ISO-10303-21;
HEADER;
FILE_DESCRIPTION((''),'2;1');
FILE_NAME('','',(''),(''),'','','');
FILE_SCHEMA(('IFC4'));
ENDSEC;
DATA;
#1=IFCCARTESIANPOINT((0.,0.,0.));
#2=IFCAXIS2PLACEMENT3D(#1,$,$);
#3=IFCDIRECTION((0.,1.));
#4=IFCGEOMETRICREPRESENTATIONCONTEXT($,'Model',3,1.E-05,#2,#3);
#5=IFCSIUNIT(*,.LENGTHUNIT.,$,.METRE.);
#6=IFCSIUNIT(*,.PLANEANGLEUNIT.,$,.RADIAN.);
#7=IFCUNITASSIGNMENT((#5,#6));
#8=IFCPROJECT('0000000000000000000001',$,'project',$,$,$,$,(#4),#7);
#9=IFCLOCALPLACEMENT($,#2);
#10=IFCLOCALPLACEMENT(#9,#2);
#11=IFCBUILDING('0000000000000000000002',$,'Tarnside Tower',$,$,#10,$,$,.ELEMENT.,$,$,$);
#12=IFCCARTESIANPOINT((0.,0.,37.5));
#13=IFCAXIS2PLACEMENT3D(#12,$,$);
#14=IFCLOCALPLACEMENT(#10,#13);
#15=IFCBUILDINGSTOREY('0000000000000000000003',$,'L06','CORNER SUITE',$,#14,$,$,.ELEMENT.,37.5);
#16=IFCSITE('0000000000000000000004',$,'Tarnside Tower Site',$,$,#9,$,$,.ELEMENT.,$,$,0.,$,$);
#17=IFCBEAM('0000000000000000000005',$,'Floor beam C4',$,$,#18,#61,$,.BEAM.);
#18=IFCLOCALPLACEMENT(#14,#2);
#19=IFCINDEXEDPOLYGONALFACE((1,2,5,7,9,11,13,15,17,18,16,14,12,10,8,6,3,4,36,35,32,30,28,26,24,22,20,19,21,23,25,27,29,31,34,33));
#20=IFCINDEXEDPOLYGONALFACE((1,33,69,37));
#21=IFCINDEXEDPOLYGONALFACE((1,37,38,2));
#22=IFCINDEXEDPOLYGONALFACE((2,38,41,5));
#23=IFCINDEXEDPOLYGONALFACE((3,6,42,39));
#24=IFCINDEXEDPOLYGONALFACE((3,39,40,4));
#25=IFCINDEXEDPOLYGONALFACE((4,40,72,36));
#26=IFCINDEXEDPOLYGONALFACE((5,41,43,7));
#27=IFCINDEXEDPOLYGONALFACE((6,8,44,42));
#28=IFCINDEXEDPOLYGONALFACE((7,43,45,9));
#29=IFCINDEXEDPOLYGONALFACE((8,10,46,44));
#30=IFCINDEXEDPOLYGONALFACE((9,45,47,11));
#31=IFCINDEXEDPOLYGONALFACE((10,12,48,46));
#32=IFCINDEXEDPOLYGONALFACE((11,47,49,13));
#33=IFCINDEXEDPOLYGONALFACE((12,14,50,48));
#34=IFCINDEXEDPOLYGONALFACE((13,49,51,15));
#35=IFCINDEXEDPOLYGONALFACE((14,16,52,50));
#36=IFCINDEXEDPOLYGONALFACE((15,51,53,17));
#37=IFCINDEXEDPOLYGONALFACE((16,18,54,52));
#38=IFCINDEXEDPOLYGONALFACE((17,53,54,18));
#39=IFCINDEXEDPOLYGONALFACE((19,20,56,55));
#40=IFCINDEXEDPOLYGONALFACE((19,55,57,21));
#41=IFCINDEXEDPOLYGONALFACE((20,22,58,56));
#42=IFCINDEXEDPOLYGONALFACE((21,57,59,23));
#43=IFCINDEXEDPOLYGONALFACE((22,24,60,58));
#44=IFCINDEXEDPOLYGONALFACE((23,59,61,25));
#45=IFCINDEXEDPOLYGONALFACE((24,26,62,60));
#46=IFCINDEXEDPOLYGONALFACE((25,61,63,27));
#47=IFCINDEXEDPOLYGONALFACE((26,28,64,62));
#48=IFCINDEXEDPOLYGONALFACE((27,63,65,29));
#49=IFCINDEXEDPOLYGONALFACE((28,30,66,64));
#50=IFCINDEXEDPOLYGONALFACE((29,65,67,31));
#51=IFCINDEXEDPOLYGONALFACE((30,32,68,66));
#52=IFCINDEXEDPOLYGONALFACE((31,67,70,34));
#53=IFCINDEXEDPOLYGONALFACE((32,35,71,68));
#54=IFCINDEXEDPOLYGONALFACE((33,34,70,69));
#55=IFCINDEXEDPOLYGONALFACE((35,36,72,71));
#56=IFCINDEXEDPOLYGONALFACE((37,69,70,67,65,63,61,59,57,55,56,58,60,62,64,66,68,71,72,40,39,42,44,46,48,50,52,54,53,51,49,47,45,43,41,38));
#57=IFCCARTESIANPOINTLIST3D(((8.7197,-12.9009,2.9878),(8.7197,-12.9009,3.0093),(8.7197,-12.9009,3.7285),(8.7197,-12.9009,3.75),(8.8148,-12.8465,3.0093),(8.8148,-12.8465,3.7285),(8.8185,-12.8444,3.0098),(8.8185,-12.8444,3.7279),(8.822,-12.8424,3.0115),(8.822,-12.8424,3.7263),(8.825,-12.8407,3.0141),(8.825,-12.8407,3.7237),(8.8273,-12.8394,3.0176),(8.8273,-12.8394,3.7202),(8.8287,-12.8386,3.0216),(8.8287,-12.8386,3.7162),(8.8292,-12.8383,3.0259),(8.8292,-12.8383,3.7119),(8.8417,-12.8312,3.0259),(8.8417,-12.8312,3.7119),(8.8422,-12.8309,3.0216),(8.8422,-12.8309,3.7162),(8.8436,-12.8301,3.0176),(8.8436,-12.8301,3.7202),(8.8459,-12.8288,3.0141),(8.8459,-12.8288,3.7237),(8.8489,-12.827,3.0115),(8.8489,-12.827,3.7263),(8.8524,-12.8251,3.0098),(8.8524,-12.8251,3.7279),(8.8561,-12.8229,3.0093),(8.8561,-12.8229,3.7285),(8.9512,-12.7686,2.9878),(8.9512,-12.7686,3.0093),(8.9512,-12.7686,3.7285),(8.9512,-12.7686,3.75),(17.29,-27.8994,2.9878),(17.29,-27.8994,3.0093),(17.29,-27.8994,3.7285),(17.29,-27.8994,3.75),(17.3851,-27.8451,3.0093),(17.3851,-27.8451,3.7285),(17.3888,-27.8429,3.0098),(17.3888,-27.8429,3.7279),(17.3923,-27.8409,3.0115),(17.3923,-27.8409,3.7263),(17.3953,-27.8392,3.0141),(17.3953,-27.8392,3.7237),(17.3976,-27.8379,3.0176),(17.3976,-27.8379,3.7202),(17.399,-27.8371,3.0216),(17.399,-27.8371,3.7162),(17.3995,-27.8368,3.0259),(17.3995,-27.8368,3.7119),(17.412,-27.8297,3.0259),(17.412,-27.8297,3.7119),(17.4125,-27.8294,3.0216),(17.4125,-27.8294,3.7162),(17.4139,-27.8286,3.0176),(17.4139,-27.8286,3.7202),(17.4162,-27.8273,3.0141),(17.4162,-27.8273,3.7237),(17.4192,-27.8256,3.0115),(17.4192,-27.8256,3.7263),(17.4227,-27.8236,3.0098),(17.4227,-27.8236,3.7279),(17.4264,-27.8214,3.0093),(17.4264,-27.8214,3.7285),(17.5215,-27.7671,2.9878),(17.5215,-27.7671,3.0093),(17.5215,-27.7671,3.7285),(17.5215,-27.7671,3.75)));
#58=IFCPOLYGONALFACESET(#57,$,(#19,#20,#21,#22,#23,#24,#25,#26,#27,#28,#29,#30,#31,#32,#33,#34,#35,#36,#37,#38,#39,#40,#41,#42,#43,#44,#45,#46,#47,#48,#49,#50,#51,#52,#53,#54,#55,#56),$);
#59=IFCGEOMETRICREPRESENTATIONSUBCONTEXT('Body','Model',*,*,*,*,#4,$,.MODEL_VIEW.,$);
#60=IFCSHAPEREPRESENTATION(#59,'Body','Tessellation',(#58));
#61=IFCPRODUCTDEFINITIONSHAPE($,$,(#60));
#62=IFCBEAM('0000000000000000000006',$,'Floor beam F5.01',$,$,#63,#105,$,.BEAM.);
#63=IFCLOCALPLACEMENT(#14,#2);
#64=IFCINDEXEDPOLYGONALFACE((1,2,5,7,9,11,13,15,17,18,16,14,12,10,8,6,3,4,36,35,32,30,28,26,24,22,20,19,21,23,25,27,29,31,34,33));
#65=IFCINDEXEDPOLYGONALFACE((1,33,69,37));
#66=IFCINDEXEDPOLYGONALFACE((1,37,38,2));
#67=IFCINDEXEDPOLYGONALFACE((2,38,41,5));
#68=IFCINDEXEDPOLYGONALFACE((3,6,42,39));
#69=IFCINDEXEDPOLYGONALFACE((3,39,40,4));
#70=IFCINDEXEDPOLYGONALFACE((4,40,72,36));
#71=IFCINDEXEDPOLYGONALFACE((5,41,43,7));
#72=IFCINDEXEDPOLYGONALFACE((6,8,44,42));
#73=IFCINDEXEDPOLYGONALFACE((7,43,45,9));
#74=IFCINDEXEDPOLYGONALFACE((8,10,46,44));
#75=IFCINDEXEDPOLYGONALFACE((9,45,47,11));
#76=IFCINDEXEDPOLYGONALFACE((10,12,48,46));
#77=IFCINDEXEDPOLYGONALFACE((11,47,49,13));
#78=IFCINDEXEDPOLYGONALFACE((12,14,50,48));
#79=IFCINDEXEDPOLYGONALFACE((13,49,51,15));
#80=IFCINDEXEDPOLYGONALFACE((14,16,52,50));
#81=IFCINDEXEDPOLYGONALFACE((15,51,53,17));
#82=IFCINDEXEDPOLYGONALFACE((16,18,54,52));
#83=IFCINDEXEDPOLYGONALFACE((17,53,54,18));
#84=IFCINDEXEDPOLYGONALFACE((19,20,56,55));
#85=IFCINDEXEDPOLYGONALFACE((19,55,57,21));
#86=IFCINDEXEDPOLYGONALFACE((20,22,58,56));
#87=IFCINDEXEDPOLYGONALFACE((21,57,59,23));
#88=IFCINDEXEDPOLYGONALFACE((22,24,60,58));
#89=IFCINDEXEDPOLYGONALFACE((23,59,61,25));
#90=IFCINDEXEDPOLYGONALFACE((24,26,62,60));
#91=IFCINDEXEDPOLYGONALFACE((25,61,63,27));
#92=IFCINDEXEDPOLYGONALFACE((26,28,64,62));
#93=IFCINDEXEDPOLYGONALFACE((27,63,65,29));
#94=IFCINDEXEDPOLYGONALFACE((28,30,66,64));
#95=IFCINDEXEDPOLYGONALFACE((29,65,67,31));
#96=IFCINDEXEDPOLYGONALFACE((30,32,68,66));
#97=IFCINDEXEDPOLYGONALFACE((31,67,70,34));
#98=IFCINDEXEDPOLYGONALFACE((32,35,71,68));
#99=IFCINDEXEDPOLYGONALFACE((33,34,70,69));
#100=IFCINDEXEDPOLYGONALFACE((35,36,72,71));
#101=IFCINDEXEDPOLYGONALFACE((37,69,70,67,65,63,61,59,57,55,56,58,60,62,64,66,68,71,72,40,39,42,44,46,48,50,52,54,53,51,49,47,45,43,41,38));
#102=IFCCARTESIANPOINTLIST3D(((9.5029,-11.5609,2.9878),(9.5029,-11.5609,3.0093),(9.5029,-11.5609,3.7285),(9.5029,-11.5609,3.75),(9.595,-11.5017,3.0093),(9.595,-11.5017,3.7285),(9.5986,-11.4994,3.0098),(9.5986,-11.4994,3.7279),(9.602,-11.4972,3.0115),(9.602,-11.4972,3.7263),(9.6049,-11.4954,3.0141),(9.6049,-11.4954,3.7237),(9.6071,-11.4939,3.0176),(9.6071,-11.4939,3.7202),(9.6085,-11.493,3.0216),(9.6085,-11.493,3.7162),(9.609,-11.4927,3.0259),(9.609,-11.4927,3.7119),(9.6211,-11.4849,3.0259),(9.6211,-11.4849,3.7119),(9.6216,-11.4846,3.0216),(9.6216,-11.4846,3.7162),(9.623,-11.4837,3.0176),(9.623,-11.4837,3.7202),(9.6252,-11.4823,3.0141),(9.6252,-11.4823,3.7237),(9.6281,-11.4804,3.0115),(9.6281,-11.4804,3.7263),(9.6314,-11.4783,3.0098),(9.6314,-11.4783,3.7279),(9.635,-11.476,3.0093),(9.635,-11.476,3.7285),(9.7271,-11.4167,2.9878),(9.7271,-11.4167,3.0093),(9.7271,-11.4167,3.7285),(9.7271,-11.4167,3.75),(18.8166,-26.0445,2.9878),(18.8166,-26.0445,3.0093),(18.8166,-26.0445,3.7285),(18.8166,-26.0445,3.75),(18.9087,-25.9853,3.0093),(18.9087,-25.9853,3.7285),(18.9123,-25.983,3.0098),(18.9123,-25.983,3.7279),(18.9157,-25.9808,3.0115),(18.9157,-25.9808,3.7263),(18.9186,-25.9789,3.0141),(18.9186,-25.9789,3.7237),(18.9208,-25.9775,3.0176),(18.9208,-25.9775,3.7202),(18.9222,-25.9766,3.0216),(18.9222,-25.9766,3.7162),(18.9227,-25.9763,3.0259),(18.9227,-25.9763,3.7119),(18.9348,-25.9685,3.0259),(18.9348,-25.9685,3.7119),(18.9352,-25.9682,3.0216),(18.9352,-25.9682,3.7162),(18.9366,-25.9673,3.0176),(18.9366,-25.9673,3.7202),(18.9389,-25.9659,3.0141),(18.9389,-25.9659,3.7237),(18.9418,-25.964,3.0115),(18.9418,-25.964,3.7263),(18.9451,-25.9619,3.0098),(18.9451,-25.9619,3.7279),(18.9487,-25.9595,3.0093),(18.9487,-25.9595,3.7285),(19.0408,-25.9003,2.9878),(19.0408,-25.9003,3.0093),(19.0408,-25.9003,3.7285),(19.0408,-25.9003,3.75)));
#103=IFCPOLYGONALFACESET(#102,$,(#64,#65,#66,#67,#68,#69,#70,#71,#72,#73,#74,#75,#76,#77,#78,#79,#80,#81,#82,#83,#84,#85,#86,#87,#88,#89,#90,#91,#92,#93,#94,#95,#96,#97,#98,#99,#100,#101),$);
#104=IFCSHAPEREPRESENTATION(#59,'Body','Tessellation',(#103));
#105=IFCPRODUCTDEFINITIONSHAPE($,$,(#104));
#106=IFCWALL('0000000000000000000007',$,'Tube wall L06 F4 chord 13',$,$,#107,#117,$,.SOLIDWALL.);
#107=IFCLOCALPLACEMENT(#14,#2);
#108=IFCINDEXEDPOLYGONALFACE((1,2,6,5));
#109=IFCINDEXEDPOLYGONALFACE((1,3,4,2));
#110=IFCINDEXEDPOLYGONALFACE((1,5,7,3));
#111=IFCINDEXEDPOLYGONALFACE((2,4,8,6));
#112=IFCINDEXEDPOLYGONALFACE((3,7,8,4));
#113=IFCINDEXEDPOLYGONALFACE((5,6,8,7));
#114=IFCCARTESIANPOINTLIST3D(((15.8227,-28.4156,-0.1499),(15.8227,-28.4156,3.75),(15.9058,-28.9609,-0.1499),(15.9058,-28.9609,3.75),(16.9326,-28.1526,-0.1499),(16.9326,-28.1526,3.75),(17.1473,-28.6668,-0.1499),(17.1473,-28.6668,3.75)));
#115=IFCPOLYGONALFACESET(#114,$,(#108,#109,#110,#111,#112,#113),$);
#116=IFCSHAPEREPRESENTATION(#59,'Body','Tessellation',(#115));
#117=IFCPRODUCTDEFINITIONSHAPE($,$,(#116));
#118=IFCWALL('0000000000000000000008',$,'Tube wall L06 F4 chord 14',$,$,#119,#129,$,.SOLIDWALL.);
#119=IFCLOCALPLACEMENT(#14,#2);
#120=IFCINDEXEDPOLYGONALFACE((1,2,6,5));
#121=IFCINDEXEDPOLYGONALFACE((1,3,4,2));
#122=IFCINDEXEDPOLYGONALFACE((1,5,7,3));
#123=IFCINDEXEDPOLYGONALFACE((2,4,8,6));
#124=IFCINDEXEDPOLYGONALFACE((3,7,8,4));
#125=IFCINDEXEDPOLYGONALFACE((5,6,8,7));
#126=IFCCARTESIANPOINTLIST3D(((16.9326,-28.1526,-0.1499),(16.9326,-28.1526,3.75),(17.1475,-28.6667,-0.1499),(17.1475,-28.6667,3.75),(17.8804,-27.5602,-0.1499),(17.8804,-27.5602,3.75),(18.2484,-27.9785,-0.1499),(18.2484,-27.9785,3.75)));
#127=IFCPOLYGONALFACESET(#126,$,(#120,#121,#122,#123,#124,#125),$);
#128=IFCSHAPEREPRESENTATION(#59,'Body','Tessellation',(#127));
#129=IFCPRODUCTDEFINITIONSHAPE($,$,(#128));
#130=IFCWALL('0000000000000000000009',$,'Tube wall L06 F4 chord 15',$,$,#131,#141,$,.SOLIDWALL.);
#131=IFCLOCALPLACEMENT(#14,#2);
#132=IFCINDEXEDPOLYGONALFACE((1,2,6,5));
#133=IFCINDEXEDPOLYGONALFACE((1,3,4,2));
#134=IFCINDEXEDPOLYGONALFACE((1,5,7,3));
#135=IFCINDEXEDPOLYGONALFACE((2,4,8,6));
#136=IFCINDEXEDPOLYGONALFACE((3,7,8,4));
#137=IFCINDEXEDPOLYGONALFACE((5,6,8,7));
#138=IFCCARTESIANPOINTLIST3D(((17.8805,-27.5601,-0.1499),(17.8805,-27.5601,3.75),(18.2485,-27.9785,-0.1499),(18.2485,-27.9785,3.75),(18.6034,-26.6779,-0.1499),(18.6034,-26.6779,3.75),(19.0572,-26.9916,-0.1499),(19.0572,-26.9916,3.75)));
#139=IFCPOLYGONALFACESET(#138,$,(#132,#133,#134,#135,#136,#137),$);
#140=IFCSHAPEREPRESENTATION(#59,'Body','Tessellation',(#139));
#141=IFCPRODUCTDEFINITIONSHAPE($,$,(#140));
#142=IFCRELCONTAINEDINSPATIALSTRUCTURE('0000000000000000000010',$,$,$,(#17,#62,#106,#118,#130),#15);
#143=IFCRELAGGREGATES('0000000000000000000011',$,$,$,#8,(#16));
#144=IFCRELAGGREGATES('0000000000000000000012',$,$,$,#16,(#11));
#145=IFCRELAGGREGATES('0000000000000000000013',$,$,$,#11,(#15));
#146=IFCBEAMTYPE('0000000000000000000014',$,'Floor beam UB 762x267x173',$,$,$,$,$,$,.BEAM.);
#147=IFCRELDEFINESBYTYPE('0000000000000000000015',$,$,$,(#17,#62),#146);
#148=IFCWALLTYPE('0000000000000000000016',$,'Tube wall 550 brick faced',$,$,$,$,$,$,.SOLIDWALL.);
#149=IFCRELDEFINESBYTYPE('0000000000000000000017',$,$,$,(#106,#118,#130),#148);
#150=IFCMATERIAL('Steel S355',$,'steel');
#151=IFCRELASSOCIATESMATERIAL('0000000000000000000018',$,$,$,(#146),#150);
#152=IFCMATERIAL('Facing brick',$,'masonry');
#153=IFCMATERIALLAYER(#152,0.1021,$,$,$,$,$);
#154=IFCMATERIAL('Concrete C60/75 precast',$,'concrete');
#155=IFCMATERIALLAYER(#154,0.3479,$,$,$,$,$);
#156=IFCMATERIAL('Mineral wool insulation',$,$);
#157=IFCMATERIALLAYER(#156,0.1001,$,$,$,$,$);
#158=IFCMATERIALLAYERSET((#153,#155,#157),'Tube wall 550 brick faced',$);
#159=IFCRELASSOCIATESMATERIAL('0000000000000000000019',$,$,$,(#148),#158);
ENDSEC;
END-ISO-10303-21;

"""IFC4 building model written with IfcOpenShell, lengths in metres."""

from ifc_helpers import new_model, si_unit, direction, frame, origin, origin_2d, place, context, subcontext, project, spatial, polyline, i_section, outline, extrude, material, layer, layer_set, material_profile, profile_set, type_object, element, save


model = new_model("IFC4")

# Units and contexts
model_context = context("Model", 3, precision=1e-05, world=origin(), true_north=direction((0.0, 1.0)))
body_context = subcontext(model_context, "Body", "Model", "MODEL_VIEW")
ifc_project = project(units=[si_unit("LENGTHUNIT", "METRE"), si_unit("PLANEANGLEUNIT", "RADIAN")], contexts=[model_context])

# Site, building, storey
site_placement = place(None, origin())
site = spatial("IfcSite", under=ifc_project, at=site_placement, Name="Tarnside Tower Site", CompositionType="ELEMENT", RefElevation=0.0)
building_placement = place(site_placement, origin())
building = spatial("IfcBuilding", under=site, at=building_placement, Name="Tarnside Tower", CompositionType="ELEMENT")
storey_placement = place(building_placement, frame((0.0, 0.0, 37.5)))
storey = spatial("IfcBuildingStorey", under=building, at=storey_placement, Name="L06", Description="CORNER SUITE", CompositionType="ELEMENT", Elevation=37.5)

# Beams
ifc_material_1 = material(Name="Steel S355", Category="steel")
ifc_material_profile = material_profile(ifc_material_1, i_section(OverallWidth=0.2666, OverallDepth=0.7622, WebThickness=0.0144, FlangeThickness=0.0215, FilletRadius=0.0166, at=origin_2d()), Name="UB 762x267x173")
ifc_profile_set = profile_set([ifc_material_profile], Name="Steel S355")
beam_type = type_object("IfcBeamType", Name="Floor beam UB 762x267x173", PredefinedType="BEAM", material=ifc_profile_set)
beam_1_placement = place(storey_placement, frame((17.4058, -27.8333, 3.3689), z_axis=(-0.496127, 0.86825, 0.0), x_axis=(-0.86825, -0.496127, 0.0)))
element("IfcBeam", 1, at=beam_1_placement, inside=storey, type_object=beam_type, Name="Floor beam C4", PredefinedType="BEAM", context=body_context, shape_type="SweptSolid", body=[
    extrude(i_section(OverallWidth=0.2666, OverallDepth=0.7622, WebThickness=0.0144, FlangeThickness=0.0215, FilletRadius=0.0166, at=origin_2d()), origin(), (0.0, 0.0, 1.0), 17.2744),
])
beam_2_placement = place(storey_placement, frame((18.9287, -25.9724, 3.3689), z_axis=(-0.540873, 0.841104, 0.0), x_axis=(-0.841104, -0.540873, 0.0)))
element("IfcBeam", 2, at=beam_2_placement, inside=storey, type_object=beam_type, Name="Floor beam F5.01", PredefinedType="BEAM", context=body_context, shape_type="SweptSolid", body=[
    extrude(i_section(OverallWidth=0.2666, OverallDepth=0.7622, WebThickness=0.0144, FlangeThickness=0.0215, FilletRadius=0.0166, at=origin_2d()), origin(), (0.0, 0.0, 1.0), 17.2197),
])

# Walls
ifc_material_2 = material(Name="Facing brick", Category="masonry")
ifc_layer_1 = layer(ifc_material_2, 0.1021)
ifc_material_3 = material(Name="Concrete C60/75 precast", Category="concrete")
ifc_layer_2 = layer(ifc_material_3, 0.3479)
ifc_material_4 = material(Name="Mineral wool insulation")
ifc_layer_3 = layer(ifc_material_4, 0.1001)
ifc_layer_set_1 = layer_set([ifc_layer_1, ifc_layer_2, ifc_layer_3], Name="Tube wall 550 brick faced")
wall_type = type_object("IfcWallType", Name="Tube wall 550 brick faced", PredefinedType="SOLIDWALL", material=ifc_layer_set_1)
wall_1_placement = place(storey_placement, frame((15.8643, -28.6882, -0.1499), z_axis=(0.0, 0.0, 1.0), x_axis=(0.973064, 0.230537, 0.0)))
element("IfcWall", 3, at=wall_1_placement, inside=storey, type_object=wall_type, Name="Tube wall L06 F4 chord 13", PredefinedType="SOLIDWALL", context=body_context, shape_type="SweptSolid", body=[
    extrude(outline(polyline([(-0.0225, -0.2749), (1.2534, -0.2749), (1.1631, 0.2749), (0.0225, 0.2749), (-0.0225, -0.2749)])), origin(), (0.0, 0.0, 1.0), 3.8999),
])
wall_2_placement = place(storey_placement, frame((17.04, -28.4097, -0.1499), z_axis=(0.0, 0.0, 1.0), x_axis=(0.847953, 0.530072, 0.0)))
element("IfcWall", 4, at=wall_2_placement, inside=storey, type_object=wall_type, Name="Tube wall L06 F4 chord 14", PredefinedType="SOLIDWALL", context=body_context, shape_type="SweptSolid", body=[
    extrude(outline(polyline([(-0.0452, -0.2749), (1.2532, -0.2749), (1.1628, 0.2749), (0.0452, 0.2749), (-0.0452, -0.2749)])), origin(), (0.0, 0.0, 1.0), 3.8999),
])
wall_3_placement = place(storey_placement, frame((18.0645, -27.7693, -0.1499), z_axis=(0.0, 0.0, 1.0), x_axis=(0.633843, 0.773462, 0.0)))
element("IfcWall", 5, at=wall_3_placement, inside=storey, type_object=wall_type, Name="Tube wall L06 F4 chord 15", PredefinedType="SOLIDWALL", context=body_context, shape_type="SweptSolid", body=[
    extrude(outline(polyline([(-0.0452, -0.2749), (1.2307, -0.2749), (1.1858, 0.2749), (0.0452, 0.2749), (-0.0452, -0.2749)])), origin(), (0.0, 0.0, 1.0), 3.8999),
])

save(model, "model.ifc")
